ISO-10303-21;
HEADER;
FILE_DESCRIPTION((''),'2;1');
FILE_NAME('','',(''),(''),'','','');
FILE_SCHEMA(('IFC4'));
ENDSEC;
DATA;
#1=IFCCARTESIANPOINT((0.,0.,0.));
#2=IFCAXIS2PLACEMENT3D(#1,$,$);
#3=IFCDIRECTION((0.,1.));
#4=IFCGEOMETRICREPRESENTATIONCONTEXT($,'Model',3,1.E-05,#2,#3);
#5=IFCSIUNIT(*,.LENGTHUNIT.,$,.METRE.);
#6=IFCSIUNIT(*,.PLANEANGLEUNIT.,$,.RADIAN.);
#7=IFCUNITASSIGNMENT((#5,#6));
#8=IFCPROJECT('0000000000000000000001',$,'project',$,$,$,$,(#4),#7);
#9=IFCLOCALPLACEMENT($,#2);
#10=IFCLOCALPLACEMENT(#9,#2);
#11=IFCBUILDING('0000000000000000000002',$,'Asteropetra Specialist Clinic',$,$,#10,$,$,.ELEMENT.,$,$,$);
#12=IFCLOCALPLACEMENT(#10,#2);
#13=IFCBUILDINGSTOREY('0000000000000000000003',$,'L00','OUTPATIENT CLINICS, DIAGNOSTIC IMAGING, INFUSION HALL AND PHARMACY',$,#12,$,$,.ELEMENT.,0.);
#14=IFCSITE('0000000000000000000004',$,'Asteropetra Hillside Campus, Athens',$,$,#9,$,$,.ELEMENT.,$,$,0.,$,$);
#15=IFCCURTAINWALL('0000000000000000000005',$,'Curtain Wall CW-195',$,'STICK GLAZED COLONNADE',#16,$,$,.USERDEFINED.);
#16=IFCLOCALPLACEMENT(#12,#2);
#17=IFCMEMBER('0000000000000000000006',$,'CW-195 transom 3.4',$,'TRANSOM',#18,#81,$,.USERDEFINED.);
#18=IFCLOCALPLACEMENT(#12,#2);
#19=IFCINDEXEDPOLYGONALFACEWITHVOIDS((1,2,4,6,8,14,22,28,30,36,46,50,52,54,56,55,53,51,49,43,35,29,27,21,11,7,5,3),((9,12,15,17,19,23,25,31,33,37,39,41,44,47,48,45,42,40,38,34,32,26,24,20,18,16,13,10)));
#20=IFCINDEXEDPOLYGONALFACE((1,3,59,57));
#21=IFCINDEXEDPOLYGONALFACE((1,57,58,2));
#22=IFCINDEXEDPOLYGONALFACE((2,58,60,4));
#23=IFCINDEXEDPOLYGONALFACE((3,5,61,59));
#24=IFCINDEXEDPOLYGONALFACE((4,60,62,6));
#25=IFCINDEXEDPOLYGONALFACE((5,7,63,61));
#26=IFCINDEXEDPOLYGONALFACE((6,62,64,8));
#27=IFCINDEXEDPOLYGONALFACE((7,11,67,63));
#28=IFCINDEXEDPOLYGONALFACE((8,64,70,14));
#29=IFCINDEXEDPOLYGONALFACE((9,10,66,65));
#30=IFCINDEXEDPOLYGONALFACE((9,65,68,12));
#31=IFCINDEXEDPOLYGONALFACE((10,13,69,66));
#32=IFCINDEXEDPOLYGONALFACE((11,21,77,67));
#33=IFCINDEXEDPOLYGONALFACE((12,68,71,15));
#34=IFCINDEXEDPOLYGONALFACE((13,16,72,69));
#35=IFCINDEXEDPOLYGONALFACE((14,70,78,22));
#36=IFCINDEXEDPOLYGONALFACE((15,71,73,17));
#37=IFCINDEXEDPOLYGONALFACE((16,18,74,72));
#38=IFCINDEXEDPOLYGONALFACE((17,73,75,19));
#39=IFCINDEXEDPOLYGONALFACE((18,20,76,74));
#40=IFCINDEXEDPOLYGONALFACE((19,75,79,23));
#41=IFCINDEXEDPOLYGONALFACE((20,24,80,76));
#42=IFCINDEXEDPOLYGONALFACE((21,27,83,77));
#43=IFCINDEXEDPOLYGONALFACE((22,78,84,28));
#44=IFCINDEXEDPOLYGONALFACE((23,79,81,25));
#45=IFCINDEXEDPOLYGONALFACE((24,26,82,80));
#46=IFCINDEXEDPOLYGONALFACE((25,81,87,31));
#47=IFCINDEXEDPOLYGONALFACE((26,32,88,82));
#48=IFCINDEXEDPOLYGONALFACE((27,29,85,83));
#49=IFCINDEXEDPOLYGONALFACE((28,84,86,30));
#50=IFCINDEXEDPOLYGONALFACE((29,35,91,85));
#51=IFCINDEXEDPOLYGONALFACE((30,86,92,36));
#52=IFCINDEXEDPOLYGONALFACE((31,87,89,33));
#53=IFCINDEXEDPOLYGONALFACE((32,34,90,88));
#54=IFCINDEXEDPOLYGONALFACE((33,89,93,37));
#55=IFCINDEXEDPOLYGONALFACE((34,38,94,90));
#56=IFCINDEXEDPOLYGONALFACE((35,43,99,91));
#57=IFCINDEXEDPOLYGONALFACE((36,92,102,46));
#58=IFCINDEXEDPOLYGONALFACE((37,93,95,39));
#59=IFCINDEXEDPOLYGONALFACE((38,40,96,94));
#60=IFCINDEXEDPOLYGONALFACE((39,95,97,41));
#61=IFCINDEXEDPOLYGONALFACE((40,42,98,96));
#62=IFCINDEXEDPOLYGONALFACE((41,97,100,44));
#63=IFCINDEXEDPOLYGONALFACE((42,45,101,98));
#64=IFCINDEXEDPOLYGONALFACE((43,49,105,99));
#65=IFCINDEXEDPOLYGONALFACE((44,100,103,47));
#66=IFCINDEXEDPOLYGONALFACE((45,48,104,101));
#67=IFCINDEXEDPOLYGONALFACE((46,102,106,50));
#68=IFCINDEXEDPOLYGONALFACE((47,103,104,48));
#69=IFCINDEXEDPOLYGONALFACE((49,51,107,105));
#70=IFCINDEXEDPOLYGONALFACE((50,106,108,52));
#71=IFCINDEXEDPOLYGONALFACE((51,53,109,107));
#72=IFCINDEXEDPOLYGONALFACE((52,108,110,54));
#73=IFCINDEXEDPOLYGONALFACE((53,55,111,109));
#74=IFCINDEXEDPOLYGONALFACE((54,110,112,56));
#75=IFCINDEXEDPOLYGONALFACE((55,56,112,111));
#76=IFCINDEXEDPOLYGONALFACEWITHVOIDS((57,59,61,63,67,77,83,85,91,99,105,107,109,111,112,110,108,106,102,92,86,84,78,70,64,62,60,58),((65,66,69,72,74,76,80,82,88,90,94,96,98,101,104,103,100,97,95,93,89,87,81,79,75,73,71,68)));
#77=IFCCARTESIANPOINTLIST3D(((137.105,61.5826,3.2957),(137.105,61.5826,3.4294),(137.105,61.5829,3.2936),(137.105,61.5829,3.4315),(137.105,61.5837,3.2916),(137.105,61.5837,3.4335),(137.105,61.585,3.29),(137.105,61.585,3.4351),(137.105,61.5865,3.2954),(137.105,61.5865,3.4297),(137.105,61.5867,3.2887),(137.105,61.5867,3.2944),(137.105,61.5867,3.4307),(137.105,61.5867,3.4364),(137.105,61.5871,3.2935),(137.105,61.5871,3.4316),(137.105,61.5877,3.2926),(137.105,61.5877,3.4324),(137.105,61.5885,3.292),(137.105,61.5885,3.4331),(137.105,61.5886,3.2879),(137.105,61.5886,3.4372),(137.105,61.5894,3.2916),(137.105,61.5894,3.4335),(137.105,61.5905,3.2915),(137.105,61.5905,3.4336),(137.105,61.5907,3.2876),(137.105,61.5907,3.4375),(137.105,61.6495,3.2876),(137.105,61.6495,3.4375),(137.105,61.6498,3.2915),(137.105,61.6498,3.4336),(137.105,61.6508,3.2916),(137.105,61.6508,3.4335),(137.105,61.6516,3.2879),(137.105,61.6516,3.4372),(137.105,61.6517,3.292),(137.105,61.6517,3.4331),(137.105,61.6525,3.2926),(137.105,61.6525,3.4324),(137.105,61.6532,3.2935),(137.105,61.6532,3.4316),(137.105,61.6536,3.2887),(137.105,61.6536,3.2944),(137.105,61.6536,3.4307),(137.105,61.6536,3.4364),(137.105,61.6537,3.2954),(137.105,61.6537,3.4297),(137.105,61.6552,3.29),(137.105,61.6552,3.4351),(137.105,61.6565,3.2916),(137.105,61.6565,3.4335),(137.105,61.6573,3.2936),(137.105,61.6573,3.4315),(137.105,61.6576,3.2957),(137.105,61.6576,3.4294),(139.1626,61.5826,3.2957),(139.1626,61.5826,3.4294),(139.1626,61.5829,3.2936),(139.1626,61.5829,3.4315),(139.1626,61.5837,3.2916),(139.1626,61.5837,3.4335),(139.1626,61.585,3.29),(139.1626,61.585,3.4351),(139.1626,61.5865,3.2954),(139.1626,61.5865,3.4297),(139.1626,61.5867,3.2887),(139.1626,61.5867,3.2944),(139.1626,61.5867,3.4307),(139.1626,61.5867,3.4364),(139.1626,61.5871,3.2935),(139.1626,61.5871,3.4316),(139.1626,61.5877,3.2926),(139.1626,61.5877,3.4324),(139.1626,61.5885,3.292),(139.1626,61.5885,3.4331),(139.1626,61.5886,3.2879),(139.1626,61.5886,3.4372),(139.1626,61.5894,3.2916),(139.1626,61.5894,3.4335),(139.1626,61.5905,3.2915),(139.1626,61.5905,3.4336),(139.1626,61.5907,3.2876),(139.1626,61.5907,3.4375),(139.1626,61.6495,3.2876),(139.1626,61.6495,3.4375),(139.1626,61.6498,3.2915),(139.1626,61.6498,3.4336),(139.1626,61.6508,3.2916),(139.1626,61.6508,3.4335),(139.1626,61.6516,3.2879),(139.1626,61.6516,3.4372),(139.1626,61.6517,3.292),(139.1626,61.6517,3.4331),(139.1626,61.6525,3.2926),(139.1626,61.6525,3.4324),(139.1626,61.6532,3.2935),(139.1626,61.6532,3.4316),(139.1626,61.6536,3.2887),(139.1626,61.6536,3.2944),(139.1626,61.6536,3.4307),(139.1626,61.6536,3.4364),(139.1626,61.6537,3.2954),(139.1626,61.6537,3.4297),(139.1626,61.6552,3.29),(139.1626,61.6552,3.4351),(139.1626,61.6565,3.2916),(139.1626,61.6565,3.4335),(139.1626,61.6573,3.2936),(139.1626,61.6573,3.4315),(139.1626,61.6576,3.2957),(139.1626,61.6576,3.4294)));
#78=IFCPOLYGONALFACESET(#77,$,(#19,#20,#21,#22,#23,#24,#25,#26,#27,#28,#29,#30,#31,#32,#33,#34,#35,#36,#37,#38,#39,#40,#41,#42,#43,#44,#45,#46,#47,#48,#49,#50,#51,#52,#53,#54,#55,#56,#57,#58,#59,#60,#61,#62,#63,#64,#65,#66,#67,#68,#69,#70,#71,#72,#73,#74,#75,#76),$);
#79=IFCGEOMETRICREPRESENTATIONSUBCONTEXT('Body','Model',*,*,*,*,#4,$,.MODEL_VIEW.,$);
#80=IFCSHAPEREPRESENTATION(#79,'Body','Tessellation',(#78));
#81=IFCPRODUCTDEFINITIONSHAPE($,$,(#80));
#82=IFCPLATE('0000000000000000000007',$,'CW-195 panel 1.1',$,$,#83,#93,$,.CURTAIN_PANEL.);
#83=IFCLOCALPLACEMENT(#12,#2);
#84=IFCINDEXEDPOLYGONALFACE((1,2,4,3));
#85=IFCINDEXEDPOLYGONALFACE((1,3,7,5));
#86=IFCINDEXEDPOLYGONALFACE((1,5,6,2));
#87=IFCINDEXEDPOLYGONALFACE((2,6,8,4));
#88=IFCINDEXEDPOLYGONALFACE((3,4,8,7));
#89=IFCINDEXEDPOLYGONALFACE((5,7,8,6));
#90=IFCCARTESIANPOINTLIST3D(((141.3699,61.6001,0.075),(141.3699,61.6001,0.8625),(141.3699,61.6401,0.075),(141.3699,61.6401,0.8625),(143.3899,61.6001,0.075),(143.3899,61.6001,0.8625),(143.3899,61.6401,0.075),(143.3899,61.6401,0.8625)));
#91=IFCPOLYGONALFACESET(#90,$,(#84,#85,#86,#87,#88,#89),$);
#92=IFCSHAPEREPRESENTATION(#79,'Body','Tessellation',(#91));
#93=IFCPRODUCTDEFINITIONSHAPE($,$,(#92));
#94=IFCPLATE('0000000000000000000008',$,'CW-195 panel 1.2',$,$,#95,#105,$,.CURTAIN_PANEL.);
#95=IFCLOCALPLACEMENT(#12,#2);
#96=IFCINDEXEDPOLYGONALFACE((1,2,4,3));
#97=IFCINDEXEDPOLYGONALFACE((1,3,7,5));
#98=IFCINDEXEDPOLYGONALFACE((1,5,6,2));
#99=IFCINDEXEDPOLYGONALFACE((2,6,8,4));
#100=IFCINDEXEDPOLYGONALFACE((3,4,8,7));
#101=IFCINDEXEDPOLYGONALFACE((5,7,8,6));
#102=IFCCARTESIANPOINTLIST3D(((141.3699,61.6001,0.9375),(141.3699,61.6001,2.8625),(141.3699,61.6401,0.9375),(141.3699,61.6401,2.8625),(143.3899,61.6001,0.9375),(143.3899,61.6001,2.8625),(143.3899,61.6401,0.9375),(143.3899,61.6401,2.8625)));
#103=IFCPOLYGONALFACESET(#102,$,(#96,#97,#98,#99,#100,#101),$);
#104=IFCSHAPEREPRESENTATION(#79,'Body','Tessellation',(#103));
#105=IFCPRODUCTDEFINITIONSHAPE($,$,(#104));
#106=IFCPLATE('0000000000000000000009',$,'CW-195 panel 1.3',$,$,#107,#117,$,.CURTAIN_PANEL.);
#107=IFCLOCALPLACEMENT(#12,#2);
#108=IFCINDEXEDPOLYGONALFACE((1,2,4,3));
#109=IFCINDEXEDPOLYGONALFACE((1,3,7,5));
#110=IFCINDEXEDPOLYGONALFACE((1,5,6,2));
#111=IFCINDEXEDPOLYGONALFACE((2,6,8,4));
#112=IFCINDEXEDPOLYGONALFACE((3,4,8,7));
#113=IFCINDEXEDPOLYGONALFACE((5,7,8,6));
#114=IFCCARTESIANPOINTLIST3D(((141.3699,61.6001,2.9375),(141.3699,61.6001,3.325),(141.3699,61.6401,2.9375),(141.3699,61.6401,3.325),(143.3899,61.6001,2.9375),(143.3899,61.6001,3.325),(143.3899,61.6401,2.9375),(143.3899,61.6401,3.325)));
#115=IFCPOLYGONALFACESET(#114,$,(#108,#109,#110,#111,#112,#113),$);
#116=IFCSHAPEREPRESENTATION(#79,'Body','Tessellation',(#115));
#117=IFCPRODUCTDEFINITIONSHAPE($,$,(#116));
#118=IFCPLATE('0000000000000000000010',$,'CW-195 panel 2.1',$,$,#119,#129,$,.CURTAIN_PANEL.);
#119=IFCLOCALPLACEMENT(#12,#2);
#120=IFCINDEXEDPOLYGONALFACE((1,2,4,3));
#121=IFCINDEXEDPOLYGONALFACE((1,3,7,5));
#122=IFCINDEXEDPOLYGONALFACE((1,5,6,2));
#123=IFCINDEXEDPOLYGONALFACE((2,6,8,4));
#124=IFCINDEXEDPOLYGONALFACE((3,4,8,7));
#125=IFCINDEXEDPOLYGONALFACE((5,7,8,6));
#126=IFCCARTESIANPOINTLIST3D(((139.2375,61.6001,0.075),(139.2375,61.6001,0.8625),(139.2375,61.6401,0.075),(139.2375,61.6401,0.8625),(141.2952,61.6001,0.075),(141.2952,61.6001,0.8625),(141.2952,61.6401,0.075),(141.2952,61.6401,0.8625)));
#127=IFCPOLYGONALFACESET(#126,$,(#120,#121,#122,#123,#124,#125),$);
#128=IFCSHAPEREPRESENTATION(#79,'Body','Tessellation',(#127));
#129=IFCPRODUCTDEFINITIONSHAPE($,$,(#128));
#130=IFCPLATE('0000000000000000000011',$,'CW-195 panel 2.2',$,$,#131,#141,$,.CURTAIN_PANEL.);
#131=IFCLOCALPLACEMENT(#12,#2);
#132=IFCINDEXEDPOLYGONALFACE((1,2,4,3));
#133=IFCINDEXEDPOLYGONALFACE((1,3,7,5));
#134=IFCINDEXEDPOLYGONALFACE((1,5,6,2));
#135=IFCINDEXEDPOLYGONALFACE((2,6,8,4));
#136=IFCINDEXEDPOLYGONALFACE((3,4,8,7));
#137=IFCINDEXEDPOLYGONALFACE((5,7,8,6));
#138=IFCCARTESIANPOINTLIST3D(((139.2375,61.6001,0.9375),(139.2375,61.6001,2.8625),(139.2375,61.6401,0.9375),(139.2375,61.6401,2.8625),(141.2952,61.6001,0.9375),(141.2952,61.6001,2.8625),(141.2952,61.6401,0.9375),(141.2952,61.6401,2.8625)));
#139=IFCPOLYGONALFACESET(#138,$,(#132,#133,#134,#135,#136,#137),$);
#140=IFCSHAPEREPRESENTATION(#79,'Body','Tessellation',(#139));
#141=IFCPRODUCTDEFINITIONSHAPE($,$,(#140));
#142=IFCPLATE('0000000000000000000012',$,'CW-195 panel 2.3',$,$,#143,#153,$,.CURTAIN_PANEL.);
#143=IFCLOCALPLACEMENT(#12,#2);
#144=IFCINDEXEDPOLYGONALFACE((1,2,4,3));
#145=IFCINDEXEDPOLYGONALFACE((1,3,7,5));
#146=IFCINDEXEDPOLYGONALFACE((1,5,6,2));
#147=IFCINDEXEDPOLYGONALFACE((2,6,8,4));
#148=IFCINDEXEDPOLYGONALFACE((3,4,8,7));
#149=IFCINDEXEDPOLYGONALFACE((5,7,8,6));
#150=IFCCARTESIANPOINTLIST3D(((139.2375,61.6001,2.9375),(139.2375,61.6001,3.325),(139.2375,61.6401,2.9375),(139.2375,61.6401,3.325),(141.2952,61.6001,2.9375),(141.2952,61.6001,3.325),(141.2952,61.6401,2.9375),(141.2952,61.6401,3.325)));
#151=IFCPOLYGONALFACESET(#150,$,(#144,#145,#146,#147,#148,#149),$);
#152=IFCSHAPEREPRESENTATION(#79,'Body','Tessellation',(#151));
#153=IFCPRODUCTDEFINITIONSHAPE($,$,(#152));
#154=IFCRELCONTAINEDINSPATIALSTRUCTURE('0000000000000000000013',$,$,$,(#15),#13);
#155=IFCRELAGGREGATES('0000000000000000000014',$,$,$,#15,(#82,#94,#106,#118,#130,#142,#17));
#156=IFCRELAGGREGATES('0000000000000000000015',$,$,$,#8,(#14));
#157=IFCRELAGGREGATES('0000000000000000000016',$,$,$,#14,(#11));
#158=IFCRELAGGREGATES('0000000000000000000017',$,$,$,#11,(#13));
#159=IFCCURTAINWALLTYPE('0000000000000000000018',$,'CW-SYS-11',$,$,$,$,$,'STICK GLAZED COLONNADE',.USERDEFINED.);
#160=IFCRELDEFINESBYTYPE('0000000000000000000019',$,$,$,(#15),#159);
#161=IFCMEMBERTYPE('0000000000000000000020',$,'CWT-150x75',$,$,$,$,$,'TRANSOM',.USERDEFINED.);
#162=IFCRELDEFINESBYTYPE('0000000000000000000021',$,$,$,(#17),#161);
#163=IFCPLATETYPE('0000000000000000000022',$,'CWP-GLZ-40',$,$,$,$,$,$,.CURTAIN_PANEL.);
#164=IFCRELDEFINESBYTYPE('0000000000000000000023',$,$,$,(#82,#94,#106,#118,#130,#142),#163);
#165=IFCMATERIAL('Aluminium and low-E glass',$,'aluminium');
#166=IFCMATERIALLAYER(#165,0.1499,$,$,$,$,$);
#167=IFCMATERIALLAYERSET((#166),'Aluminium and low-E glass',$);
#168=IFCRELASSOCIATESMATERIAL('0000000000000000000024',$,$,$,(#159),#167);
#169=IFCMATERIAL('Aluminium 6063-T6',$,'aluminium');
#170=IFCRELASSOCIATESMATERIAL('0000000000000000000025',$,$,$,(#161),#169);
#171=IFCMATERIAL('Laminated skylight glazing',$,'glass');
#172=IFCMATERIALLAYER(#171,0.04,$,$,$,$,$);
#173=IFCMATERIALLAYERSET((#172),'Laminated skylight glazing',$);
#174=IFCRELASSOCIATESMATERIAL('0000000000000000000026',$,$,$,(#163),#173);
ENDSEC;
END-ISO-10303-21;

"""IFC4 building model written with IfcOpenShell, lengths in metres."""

from ifc_helpers import new_model, si_unit, direction, frame, origin, origin_2d, place, context, subcontext, project, spatial, rectangle, hollow_rectangle, extrude, material, layer, layer_set, material_profile, profile_set, type_object, element, aggregate, save


model = new_model("IFC4")

# Units and contexts
model_context = context("Model", 3, precision=1e-05, world=origin(), true_north=direction((0.0, 1.0)))
body_context = subcontext(model_context, "Body", "Model", "MODEL_VIEW")
ifc_project = project(units=[si_unit("LENGTHUNIT", "METRE"), si_unit("PLANEANGLEUNIT", "RADIAN")], contexts=[model_context])

# Site, building, storey
site_placement = place(None, origin())
site = spatial("IfcSite", under=ifc_project, at=site_placement, Name="Asteropetra Hillside Campus, Athens", CompositionType="ELEMENT", RefElevation=0.0)
building_placement = place(site_placement, origin())
building = spatial("IfcBuilding", under=site, at=building_placement, Name="Asteropetra Specialist Clinic", CompositionType="ELEMENT")
storey_placement = place(building_placement, origin())
storey = spatial("IfcBuildingStorey", under=building, at=storey_placement, Name="L00", Description="OUTPATIENT CLINICS, DIAGNOSTIC IMAGING, INFUSION HALL AND PHARMACY", CompositionType="ELEMENT", Elevation=0.0)

# Curtain wall, member, plates
ifc_material_1 = material(Name="Aluminium and low-E glass", Category="aluminium")
ifc_layer_1 = layer(ifc_material_1, 0.1499)
ifc_layer_set_1 = layer_set([ifc_layer_1], Name="Aluminium and low-E glass")
curtain_wall_type = type_object("IfcCurtainWallType", Name="CW-SYS-11", ElementType="STICK GLAZED COLONNADE", PredefinedType="USERDEFINED", material=ifc_layer_set_1)
curtain_wall_placement = place(storey_placement, origin())
curtain_wall = element("IfcCurtainWall", 1, at=curtain_wall_placement, inside=storey, type_object=curtain_wall_type, Name="Curtain Wall CW-195", ObjectType="STICK GLAZED COLONNADE", PredefinedType="USERDEFINED")
ifc_material_2 = material(Name="Aluminium 6063-T6", Category="aluminium")
ifc_material_profile_1 = material_profile(ifc_material_2, hollow_rectangle(XDim=0.075, YDim=0.1499, WallThickness=0.0039, InnerFilletRadius=0.0039, OuterFilletRadius=0.0081, at=origin_2d()), Name="TRN 150x75x4.0")
ifc_profile_set_1 = profile_set([ifc_material_profile_1], Name="Aluminium 6063-T6")
member_type_1 = type_object("IfcMemberType", Name="CWT-150x75", ElementType="TRANSOM", PredefinedType="USERDEFINED", material=ifc_profile_set_1)
member_1_placement = place(storey_placement, frame((139.1626, 61.6201, 3.3625), z_axis=(-1.0, 0.0, 0.0), x_axis=(0.0, -1.0, 0.0)))
member_1 = element("IfcMember", 2, at=member_1_placement, type_object=member_type_1, Name="CW-195 transom 3.4", ObjectType="TRANSOM", PredefinedType="USERDEFINED", context=body_context, shape_type="SweptSolid", body=[
    extrude(hollow_rectangle(XDim=0.075, YDim=0.1499, WallThickness=0.0039, InnerFilletRadius=0.0039, OuterFilletRadius=0.0081, at=origin_2d()), origin(), (0.0, 0.0, 1.0), 2.0576),
])
ifc_material_3 = material(Name="Laminated skylight glazing", Category="glass")
ifc_layer_2 = layer(ifc_material_3, 0.04)
ifc_layer_set_2 = layer_set([ifc_layer_2], Name="Laminated skylight glazing")
plate_type = type_object("IfcPlateType", Name="CWP-GLZ-40", PredefinedType="CURTAIN_PANEL", material=ifc_layer_set_2)
plate_1_placement = place(storey_placement, frame((142.3799, 61.6201, 0.075), z_axis=(0.0, 0.0, 1.0), x_axis=(-1.0, 0.0, 0.0)))
plate_1 = element("IfcPlate", 3, at=plate_1_placement, type_object=plate_type, Name="CW-195 panel 1.1", PredefinedType="CURTAIN_PANEL", context=body_context, shape_type="SweptSolid", body=[
    extrude(rectangle(XDim=2.02, YDim=0.04, at=origin_2d()), origin(), (0.0, 0.0, 1.0), 0.7876),
])
plate_2_placement = place(storey_placement, frame((142.3799, 61.6201, 0.9375), z_axis=(0.0, 0.0, 1.0), x_axis=(-1.0, 0.0, 0.0)))
plate_2 = element("IfcPlate", 4, at=plate_2_placement, type_object=plate_type, Name="CW-195 panel 1.2", PredefinedType="CURTAIN_PANEL", context=body_context, shape_type="SweptSolid", body=[
    extrude(rectangle(XDim=2.02, YDim=0.04, at=origin_2d()), origin(), (0.0, 0.0, 1.0), 1.925),
])
plate_3_placement = place(storey_placement, frame((142.3799, 61.6201, 2.9375), z_axis=(0.0, 0.0, 1.0), x_axis=(-1.0, 0.0, 0.0)))
plate_3 = element("IfcPlate", 5, at=plate_3_placement, type_object=plate_type, Name="CW-195 panel 1.3", PredefinedType="CURTAIN_PANEL", context=body_context, shape_type="SweptSolid", body=[
    extrude(rectangle(XDim=2.02, YDim=0.04, at=origin_2d()), origin(), (0.0, 0.0, 1.0), 0.3875),
])
plate_4_placement = place(storey_placement, frame((140.2664, 61.6201, 0.075), z_axis=(0.0, 0.0, 1.0), x_axis=(-1.0, 0.0, 0.0)))
plate_4 = element("IfcPlate", 6, at=plate_4_placement, type_object=plate_type, Name="CW-195 panel 2.1", PredefinedType="CURTAIN_PANEL", context=body_context, shape_type="SweptSolid", body=[
    extrude(rectangle(XDim=2.0576, YDim=0.04, at=origin_2d()), origin(), (0.0, 0.0, 1.0), 0.7876),
])
plate_5_placement = place(storey_placement, frame((140.2664, 61.6201, 0.9375), z_axis=(0.0, 0.0, 1.0), x_axis=(-1.0, 0.0, 0.0)))
plate_5 = element("IfcPlate", 7, at=plate_5_placement, type_object=plate_type, Name="CW-195 panel 2.2", PredefinedType="CURTAIN_PANEL", context=body_context, shape_type="SweptSolid", body=[
    extrude(rectangle(XDim=2.0576, YDim=0.04, at=origin_2d()), origin(), (0.0, 0.0, 1.0), 1.925),
])
plate_6_placement = place(storey_placement, frame((140.2664, 61.6201, 2.9375), z_axis=(0.0, 0.0, 1.0), x_axis=(-1.0, 0.0, 0.0)))
plate_6 = element("IfcPlate", 8, at=plate_6_placement, type_object=plate_type, Name="CW-195 panel 2.3", PredefinedType="CURTAIN_PANEL", context=body_context, shape_type="SweptSolid", body=[
    extrude(rectangle(XDim=2.0576, YDim=0.04, at=origin_2d()), origin(), (0.0, 0.0, 1.0), 0.3875),
])
aggregate(curtain_wall, [plate_1, plate_2, plate_3, plate_4, plate_5, plate_6, member_1])

save(model, "model.ifc")
